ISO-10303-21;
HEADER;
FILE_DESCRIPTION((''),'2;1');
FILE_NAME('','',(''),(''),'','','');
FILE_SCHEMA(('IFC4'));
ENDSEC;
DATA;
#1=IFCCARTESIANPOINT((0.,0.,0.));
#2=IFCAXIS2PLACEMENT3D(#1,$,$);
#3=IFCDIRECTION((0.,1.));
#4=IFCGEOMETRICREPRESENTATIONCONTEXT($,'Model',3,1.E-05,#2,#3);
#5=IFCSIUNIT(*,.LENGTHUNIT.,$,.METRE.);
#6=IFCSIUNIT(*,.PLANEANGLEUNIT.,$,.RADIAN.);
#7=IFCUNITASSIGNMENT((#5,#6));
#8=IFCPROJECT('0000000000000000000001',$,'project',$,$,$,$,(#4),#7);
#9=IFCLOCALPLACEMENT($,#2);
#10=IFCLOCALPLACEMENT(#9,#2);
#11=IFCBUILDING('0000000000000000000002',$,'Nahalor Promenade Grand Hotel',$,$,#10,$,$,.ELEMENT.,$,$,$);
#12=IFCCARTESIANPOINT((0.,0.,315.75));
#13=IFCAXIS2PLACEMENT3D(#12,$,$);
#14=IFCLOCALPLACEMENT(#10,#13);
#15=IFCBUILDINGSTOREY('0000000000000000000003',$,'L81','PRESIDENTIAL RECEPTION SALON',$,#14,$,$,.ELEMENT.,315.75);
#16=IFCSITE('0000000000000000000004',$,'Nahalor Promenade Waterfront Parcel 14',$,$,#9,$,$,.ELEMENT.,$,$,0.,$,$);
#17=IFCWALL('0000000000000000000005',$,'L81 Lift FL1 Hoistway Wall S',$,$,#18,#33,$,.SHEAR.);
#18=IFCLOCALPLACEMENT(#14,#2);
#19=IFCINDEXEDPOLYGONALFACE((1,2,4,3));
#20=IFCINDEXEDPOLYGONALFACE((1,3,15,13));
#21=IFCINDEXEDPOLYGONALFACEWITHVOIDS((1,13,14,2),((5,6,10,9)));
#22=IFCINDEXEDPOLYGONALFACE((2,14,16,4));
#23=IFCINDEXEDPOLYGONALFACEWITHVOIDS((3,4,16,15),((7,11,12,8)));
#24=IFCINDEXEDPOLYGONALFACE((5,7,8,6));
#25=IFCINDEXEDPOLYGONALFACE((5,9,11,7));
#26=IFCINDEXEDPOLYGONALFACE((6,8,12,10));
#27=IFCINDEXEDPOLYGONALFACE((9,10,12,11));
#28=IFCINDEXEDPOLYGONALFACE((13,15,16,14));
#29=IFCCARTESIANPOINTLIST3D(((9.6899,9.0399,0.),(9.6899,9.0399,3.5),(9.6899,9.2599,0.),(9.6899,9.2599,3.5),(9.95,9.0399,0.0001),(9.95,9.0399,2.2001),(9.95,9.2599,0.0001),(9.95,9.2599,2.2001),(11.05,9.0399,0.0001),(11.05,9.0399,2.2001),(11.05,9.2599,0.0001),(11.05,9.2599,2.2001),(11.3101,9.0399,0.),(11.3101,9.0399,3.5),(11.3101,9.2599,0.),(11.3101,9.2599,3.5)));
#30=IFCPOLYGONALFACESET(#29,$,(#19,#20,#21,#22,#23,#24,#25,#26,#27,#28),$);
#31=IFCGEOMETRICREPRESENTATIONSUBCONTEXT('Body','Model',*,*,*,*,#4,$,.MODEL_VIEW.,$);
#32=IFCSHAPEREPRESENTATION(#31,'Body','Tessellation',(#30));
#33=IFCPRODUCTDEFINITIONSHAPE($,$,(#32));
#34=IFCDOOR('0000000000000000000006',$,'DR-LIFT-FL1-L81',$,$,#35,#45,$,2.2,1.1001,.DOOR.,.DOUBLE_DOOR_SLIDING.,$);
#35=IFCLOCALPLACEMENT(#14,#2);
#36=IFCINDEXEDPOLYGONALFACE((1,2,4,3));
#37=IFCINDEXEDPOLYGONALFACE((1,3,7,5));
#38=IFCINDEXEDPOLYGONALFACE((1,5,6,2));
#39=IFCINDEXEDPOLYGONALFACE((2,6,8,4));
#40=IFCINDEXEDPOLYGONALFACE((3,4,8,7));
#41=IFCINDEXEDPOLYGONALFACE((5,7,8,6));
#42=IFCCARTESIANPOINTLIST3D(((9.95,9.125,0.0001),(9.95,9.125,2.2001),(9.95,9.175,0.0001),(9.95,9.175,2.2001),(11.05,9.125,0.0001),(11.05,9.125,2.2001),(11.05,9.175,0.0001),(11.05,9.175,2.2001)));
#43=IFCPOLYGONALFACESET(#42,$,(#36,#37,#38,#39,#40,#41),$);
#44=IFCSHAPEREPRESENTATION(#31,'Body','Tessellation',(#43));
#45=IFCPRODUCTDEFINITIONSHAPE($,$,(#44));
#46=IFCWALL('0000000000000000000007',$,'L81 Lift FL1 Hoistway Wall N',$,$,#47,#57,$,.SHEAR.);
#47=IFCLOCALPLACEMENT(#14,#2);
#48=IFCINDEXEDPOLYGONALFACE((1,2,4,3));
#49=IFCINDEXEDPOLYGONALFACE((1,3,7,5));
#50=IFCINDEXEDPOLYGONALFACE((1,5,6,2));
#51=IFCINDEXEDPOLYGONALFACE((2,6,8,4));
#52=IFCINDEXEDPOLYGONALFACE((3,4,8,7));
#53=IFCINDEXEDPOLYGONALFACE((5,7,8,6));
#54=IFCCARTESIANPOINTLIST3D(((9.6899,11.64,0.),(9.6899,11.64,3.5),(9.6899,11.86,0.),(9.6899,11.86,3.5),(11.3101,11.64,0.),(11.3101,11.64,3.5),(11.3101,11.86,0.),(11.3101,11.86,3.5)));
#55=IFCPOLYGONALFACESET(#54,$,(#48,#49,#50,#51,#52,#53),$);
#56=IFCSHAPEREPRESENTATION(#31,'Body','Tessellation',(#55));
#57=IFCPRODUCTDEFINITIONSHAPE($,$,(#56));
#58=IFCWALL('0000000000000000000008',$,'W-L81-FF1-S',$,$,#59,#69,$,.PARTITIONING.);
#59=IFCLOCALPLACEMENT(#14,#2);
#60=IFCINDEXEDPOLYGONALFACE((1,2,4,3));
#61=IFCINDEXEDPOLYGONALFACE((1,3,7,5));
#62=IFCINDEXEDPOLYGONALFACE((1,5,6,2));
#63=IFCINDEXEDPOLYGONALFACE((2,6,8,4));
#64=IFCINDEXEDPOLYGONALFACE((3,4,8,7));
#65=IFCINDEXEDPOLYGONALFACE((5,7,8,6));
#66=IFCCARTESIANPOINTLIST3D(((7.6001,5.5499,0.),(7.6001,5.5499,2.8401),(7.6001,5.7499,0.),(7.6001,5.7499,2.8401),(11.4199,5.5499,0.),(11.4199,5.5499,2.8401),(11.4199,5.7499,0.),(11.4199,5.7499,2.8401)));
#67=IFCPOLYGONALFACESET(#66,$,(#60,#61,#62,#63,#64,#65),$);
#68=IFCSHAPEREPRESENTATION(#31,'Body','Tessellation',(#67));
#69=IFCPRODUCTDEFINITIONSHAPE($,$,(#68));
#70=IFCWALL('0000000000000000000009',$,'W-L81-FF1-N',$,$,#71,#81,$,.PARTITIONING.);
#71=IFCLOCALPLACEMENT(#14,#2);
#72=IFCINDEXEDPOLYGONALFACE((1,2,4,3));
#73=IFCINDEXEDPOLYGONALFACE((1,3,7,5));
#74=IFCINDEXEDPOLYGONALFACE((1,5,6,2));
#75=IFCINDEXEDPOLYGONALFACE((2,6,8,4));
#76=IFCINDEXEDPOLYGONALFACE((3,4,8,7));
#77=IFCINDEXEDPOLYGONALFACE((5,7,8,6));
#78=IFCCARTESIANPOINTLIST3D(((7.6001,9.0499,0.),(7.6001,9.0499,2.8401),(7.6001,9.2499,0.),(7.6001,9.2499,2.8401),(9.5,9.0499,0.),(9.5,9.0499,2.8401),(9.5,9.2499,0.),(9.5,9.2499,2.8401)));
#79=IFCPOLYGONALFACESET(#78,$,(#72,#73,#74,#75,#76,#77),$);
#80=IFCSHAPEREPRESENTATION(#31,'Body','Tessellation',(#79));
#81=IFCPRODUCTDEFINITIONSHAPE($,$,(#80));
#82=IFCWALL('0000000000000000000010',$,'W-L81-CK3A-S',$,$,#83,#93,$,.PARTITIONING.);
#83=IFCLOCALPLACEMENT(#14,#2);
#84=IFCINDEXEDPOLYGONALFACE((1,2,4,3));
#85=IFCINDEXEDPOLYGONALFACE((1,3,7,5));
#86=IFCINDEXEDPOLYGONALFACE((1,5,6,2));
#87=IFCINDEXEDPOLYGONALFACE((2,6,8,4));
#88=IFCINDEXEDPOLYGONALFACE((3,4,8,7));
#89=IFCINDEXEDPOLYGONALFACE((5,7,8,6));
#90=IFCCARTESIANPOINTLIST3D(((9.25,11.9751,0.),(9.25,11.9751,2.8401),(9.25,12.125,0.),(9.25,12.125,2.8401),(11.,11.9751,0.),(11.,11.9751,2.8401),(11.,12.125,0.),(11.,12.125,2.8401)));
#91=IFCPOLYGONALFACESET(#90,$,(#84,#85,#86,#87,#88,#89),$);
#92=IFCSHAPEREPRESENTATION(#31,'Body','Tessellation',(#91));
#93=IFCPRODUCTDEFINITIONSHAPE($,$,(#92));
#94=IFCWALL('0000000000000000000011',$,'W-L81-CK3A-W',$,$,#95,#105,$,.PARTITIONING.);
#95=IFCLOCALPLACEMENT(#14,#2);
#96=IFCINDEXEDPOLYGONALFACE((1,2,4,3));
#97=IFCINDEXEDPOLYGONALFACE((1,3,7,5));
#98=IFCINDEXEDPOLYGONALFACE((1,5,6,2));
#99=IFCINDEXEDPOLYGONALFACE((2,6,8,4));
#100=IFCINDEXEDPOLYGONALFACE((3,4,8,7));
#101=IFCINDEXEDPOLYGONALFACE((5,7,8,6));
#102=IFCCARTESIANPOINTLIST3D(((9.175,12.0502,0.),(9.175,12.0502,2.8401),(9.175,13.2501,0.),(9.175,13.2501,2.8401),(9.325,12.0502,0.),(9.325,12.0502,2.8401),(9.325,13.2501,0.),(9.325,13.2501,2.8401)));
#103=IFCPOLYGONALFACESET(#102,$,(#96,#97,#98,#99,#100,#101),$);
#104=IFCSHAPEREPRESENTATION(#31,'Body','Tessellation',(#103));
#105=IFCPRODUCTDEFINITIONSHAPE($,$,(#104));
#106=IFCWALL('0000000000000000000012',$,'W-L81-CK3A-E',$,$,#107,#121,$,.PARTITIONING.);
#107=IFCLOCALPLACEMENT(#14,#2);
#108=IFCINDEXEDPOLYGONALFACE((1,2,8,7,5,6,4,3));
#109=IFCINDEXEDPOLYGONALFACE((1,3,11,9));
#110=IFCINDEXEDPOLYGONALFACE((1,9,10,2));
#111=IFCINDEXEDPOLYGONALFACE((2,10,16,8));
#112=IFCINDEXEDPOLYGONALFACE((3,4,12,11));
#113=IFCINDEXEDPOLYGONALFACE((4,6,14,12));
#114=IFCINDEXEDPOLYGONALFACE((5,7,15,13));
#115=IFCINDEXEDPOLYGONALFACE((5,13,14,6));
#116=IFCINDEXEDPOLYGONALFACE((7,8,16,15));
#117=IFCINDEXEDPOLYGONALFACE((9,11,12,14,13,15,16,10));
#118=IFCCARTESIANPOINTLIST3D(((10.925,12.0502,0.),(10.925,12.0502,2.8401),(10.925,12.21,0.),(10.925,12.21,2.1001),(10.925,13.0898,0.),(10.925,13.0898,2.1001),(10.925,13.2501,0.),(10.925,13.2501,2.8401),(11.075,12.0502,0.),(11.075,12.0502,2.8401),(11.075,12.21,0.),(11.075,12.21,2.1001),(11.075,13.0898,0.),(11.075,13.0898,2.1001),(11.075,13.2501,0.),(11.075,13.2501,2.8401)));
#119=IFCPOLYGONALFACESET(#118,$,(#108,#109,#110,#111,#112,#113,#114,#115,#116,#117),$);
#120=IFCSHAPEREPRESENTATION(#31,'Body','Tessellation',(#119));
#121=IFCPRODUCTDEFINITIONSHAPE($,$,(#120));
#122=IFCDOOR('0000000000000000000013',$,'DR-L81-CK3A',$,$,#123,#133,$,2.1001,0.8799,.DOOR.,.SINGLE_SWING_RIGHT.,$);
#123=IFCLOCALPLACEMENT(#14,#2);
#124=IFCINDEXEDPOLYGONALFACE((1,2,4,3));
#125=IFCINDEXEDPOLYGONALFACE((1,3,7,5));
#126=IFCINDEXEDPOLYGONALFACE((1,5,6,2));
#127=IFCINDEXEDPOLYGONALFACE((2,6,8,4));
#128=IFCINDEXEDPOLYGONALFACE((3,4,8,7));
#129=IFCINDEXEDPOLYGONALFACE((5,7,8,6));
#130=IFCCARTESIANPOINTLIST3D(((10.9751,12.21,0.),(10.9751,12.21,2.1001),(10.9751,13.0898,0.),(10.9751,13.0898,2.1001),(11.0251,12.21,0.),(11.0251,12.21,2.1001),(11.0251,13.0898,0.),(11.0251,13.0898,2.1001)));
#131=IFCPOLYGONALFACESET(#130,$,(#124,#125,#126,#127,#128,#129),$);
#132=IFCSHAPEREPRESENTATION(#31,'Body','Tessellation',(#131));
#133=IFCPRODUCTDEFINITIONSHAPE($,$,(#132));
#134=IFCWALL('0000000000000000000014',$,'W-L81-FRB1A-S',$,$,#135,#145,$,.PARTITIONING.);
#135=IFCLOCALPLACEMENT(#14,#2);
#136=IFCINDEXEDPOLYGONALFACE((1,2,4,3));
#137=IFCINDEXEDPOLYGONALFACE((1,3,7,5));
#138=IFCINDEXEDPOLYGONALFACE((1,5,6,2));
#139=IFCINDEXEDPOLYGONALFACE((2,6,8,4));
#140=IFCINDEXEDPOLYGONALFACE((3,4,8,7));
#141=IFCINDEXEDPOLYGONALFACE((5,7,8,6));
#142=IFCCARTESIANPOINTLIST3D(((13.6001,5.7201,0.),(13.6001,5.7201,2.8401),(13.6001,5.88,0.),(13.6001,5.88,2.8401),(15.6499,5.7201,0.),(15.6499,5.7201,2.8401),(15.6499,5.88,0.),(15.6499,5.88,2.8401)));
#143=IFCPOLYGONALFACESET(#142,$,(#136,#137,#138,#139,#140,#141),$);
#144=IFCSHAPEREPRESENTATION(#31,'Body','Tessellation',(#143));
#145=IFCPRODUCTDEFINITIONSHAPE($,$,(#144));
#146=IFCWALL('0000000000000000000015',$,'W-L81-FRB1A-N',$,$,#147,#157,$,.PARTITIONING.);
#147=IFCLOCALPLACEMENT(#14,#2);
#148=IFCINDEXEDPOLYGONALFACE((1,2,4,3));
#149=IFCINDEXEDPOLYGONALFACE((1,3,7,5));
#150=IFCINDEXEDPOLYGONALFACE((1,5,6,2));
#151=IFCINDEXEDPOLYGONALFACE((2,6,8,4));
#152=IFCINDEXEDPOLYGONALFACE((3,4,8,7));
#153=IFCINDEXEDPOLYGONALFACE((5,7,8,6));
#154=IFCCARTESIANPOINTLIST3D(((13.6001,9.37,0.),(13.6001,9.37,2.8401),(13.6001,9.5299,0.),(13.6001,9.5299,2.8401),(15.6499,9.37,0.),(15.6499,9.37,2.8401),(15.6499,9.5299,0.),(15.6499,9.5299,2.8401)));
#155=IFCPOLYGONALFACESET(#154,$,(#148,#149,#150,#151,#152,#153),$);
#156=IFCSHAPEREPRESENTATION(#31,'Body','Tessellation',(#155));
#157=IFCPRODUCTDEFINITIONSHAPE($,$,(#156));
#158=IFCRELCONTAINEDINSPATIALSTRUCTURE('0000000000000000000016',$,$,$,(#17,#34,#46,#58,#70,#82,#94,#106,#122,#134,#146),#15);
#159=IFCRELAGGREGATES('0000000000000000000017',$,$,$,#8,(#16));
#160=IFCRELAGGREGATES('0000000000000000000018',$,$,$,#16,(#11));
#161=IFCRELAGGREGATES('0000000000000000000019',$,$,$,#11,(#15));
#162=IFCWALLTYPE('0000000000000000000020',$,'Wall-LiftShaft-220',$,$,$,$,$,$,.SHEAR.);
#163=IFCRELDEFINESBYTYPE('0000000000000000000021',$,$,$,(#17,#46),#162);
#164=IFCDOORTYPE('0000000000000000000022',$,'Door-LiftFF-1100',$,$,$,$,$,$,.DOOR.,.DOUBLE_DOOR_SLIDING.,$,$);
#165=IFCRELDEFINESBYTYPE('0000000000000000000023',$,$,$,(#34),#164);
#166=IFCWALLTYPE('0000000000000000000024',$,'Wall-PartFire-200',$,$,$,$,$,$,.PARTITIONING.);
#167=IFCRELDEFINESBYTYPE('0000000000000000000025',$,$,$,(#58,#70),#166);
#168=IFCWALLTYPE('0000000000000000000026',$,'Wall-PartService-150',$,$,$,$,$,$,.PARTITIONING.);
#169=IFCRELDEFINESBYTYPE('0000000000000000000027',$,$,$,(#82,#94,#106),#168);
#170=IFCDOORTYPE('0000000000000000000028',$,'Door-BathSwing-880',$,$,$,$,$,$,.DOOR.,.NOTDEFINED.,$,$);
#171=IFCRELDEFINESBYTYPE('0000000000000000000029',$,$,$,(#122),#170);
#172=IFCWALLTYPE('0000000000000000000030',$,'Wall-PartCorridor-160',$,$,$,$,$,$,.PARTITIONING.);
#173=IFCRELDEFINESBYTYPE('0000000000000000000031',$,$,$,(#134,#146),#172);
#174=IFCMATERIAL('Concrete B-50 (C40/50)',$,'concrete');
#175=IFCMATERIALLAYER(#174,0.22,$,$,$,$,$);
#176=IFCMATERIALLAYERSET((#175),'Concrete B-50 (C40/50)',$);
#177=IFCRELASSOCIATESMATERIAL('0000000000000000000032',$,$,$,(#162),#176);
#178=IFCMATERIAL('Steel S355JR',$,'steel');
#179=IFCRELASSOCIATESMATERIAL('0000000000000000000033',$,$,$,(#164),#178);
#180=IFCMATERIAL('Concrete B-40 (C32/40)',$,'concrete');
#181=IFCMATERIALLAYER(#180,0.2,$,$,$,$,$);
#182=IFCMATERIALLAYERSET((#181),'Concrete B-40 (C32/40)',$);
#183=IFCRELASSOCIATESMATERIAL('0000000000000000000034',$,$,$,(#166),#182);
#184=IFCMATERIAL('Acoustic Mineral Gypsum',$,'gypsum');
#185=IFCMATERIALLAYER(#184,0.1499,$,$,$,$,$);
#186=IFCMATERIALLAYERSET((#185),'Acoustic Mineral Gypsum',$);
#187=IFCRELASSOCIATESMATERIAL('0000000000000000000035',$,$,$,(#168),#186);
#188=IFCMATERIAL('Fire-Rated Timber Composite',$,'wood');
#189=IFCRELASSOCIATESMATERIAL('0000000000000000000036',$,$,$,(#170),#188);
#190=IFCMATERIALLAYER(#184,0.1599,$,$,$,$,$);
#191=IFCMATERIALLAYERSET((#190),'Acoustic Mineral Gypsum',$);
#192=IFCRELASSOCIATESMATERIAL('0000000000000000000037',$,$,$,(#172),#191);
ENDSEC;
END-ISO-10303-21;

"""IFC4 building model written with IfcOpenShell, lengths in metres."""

from ifc_helpers import new_model, si_unit, direction, frame, frame_2d, origin, place, context, subcontext, project, spatial, rectangle, extrude, source, transform, mapped, material, layer, layer_set, type_object, element, fill, save


model = new_model("IFC4")

# Units and contexts
model_context = context("Model", 3, precision=1e-05, world=origin(), true_north=direction((0.0, 1.0)))
body_context = subcontext(model_context, "Body", "Model", "MODEL_VIEW")
ifc_project = project(units=[si_unit("LENGTHUNIT", "METRE"), si_unit("PLANEANGLEUNIT", "RADIAN")], contexts=[model_context])

# Site, building, storey
site_placement = place(None, origin())
site = spatial("IfcSite", under=ifc_project, at=site_placement, Name="Nahalor Promenade Waterfront Parcel 14", CompositionType="ELEMENT", RefElevation=0.0)
building_placement = place(site_placement, origin())
building = spatial("IfcBuilding", under=site, at=building_placement, Name="Nahalor Promenade Grand Hotel", CompositionType="ELEMENT")
storey_placement = place(building_placement, frame((0.0, 0.0, 315.75)))
storey = spatial("IfcBuildingStorey", under=building, at=storey_placement, Name="L81", Description="PRESIDENTIAL RECEPTION SALON", CompositionType="ELEMENT", Elevation=315.75)

# Shared definitions
ifc_material_1 = material(Name="Steel S355JR", Category="steel")

# Shared definitions
ifc_material_2 = material(Name="Concrete B-50 (C40/50)", Category="concrete")

# Shared definitions
ifc_layer_1 = layer(ifc_material_2, 0.22)
ifc_layer_set_1 = layer_set([ifc_layer_1], Name="Concrete B-50 (C40/50)")
wall_type_1 = type_object("IfcWallType", Name="Wall-LiftShaft-220", PredefinedType="SHEAR", material=ifc_layer_set_1)

# Wall, opening, door
shared_shape_1 = source(origin(), body_context, "Body", "SweptSolid", [
    extrude(rectangle(XDim=1.6201, YDim=0.22, at=frame_2d((0.8101, 0.0))), origin(), (0.0, 0.0, 1.0), 3.5),
])
wall_1_placement = place(storey_placement, frame((9.6899, 9.1499, 0.0), z_axis=(0.0, 0.0, 1.0), x_axis=(1.0, 0.0, 0.0)))
wall_1 = element("IfcWall", 1, at=wall_1_placement, inside=storey, type_object=wall_type_1, Name="L81 Lift FL1 Hoistway Wall S", PredefinedType="SHEAR", context=body_context, shape_type="MappedRepresentation", body=[
    mapped(shared_shape_1, transform((0.0, 0.0, 0.0), scale=1.0)),
])
opening_1_placement = place(wall_1_placement, frame((0.26, 0.0, 0.0)))
opening_1 = element("IfcOpeningElement", 2, at=opening_1_placement, cuts=wall_1, PredefinedType="OPENING", context=body_context, shape_type="SweptSolid", body=[
    extrude(rectangle(XDim=1.1001, YDim=2.2, at=frame_2d((0.55, 1.1001))), frame((0.0, 0.1199, 0.0), z_axis=(0.0, -1.0, 0.0), x_axis=(1.0, 0.0, 0.0)), (0.0, 0.0, 1.0), 0.24),
])
door_type_1 = type_object("IfcDoorType", Name="Door-LiftFF-1100", OperationType="DOUBLE_DOOR_SLIDING", PredefinedType="DOOR", material=ifc_material_1)
shared_shape_2 = source(origin(), body_context, "Body", "SweptSolid", [
    extrude(rectangle(XDim=1.1001, YDim=2.2, at=frame_2d((0.55, 1.1001))), frame((0.0, 0.0249, 0.0), z_axis=(0.0, -1.0, 0.0), x_axis=(1.0, 0.0, 0.0)), (0.0, 0.0, 1.0), 0.05),
])
door_1_placement = place(opening_1_placement, frame((1.1001, 0.0, 0.0), z_axis=(0.0, 0.0, 1.0), x_axis=(-1.0, 0.0, 0.0)))
door_1 = element("IfcDoor", 3, at=door_1_placement, inside=storey, type_object=door_type_1, Name="DR-LIFT-FL1-L81", OperationType="DOUBLE_DOOR_SLIDING", OverallHeight=2.2, OverallWidth=1.1001, PredefinedType="DOOR", context=body_context, shape_type="MappedRepresentation", body=[
    mapped(shared_shape_2, transform((0.0, 0.0, 0.0), scale=1.0)),
])
fill(opening_1, door_1)

# Walls
wall_2_placement = place(storey_placement, frame((9.6899, 11.75, 0.0), z_axis=(0.0, 0.0, 1.0), x_axis=(1.0, 0.0, 0.0)))
element("IfcWall", 4, at=wall_2_placement, inside=storey, type_object=wall_type_1, Name="L81 Lift FL1 Hoistway Wall N", PredefinedType="SHEAR", context=body_context, shape_type="MappedRepresentation", body=[
    mapped(shared_shape_1, transform((0.0, 0.0, 0.0), scale=1.0)),
])
ifc_material_3 = material(Name="Concrete B-40 (C32/40)", Category="concrete")
ifc_layer_2 = layer(ifc_material_3, 0.2)
ifc_layer_set_2 = layer_set([ifc_layer_2], Name="Concrete B-40 (C32/40)")
wall_type_2 = type_object("IfcWallType", Name="Wall-PartFire-200", PredefinedType="PARTITIONING", material=ifc_layer_set_2)
shared_shape_3 = source(origin(), body_context, "Body", "SweptSolid", [
    extrude(rectangle(XDim=3.8198, YDim=0.2, at=frame_2d((1.9099, 0.0))), origin(), (0.0, 0.0, 1.0), 2.8401),
])
wall_3_placement = place(storey_placement, frame((7.6001, 5.6499, 0.0), z_axis=(0.0, 0.0, 1.0), x_axis=(1.0, 0.0, 0.0)))
element("IfcWall", 5, at=wall_3_placement, inside=storey, type_object=wall_type_2, Name="W-L81-FF1-S", PredefinedType="PARTITIONING", context=body_context, shape_type="MappedRepresentation", body=[
    mapped(shared_shape_3, transform((0.0, 0.0, 0.0), scale=1.0)),
])
shared_shape_4 = source(origin(), body_context, "Body", "SweptSolid", [
    extrude(rectangle(XDim=1.8999, YDim=0.2, at=frame_2d((0.95, 0.0))), origin(), (0.0, 0.0, 1.0), 2.8401),
])
wall_4_placement = place(storey_placement, frame((7.6001, 9.1499, 0.0), z_axis=(0.0, 0.0, 1.0), x_axis=(1.0, 0.0, 0.0)))
element("IfcWall", 6, at=wall_4_placement, inside=storey, type_object=wall_type_2, Name="W-L81-FF1-N", PredefinedType="PARTITIONING", context=body_context, shape_type="MappedRepresentation", body=[
    mapped(shared_shape_4, transform((0.0, 0.0, 0.0), scale=1.0)),
])

# Walls
ifc_material_4 = material(Name="Acoustic Mineral Gypsum", Category="gypsum")
ifc_layer_3 = layer(ifc_material_4, 0.1499)
ifc_layer_set_3 = layer_set([ifc_layer_3], Name="Acoustic Mineral Gypsum")
wall_type_3 = type_object("IfcWallType", Name="Wall-PartService-150", PredefinedType="PARTITIONING", material=ifc_layer_set_3)
shared_shape_5 = source(origin(), body_context, "Body", "SweptSolid", [
    extrude(rectangle(XDim=1.75, YDim=0.1499, at=frame_2d((0.875, 0.0))), origin(), (0.0, 0.0, 1.0), 2.8401),
])
wall_5_placement = place(storey_placement, frame((9.25, 12.05, 0.0), z_axis=(0.0, 0.0, 1.0), x_axis=(1.0, 0.0, 0.0)))
element("IfcWall", 7, at=wall_5_placement, inside=storey, type_object=wall_type_3, Name="W-L81-CK3A-S", PredefinedType="PARTITIONING", context=body_context, shape_type="MappedRepresentation", body=[
    mapped(shared_shape_5, transform((0.0, 0.0, 0.0), scale=1.0)),
])
shared_shape_6 = source(origin(), body_context, "Body", "SweptSolid", [
    extrude(rectangle(XDim=1.2, YDim=0.1499, at=frame_2d((0.6001, 0.0))), origin(), (0.0, 0.0, 1.0), 2.8401),
])
wall_6_placement = place(storey_placement, frame((9.25, 12.05, 0.0), z_axis=(0.0, 0.0, 1.0), x_axis=(0.0, 1.0, 0.0)))
element("IfcWall", 8, at=wall_6_placement, inside=storey, type_object=wall_type_3, Name="W-L81-CK3A-W", PredefinedType="PARTITIONING", context=body_context, shape_type="MappedRepresentation", body=[
    mapped(shared_shape_6, transform((0.0, 0.0, 0.0), scale=1.0)),
])

# Wall, opening, door
wall_7_placement = place(storey_placement, frame((11.0, 12.05, 0.0), z_axis=(0.0, 0.0, 1.0), x_axis=(0.0, 1.0, 0.0)))
wall_7 = element("IfcWall", 9, at=wall_7_placement, inside=storey, type_object=wall_type_3, Name="W-L81-CK3A-E", PredefinedType="PARTITIONING", context=body_context, shape_type="MappedRepresentation", body=[
    mapped(shared_shape_6, transform((0.0, 0.0, 0.0), scale=1.0)),
])
opening_2_placement = place(wall_7_placement, frame((0.1599, 0.0, 0.0)))
opening_2 = element("IfcOpeningElement", 10, at=opening_2_placement, cuts=wall_7, PredefinedType="OPENING", context=body_context, shape_type="SweptSolid", body=[
    extrude(rectangle(XDim=0.8799, YDim=2.1001, at=frame_2d((0.4399, 1.05))), frame((0.0, 0.085, 0.0), z_axis=(0.0, -1.0, 0.0), x_axis=(1.0, 0.0, 0.0)), (0.0, 0.0, 1.0), 0.1699),
])
ifc_material_5 = material(Name="Fire-Rated Timber Composite", Category="wood")
door_type_2 = type_object("IfcDoorType", Name="Door-BathSwing-880", OperationType="NOTDEFINED", PredefinedType="DOOR", material=ifc_material_5)
shared_shape_7 = source(origin(), body_context, "Body", "SweptSolid", [
    extrude(rectangle(XDim=0.8799, YDim=2.1001, at=frame_2d((0.4399, 1.05))), frame((0.0, 0.0249, 0.0), z_axis=(0.0, -1.0, 0.0), x_axis=(1.0, 0.0, 0.0)), (0.0, 0.0, 1.0), 0.05),
])
door_2_placement = place(opening_2_placement, origin())
door_2 = element("IfcDoor", 11, at=door_2_placement, inside=storey, type_object=door_type_2, Name="DR-L81-CK3A", OperationType="SINGLE_SWING_RIGHT", OverallHeight=2.1001, OverallWidth=0.8799, PredefinedType="DOOR", context=body_context, shape_type="MappedRepresentation", body=[
    mapped(shared_shape_7, transform((0.0, 0.0, 0.0), scale=1.0)),
])
fill(opening_2, door_2)

# Walls
ifc_layer_4 = layer(ifc_material_4, 0.1599)
ifc_layer_set_4 = layer_set([ifc_layer_4], Name="Acoustic Mineral Gypsum")
wall_type_4 = type_object("IfcWallType", Name="Wall-PartCorridor-160", PredefinedType="PARTITIONING", material=ifc_layer_set_4)
shared_shape_8 = source(origin(), body_context, "Body", "SweptSolid", [
    extrude(rectangle(XDim=2.0498, YDim=0.1599, at=frame_2d((1.0249, 0.0))), origin(), (0.0, 0.0, 1.0), 2.8401),
])
for number, where, z_axis, x_axis, name in (
    (12, (13.6001, 5.8, 0.0), (0.0, 0.0, 1.0), (1.0, 0.0, 0.0), "W-L81-FRB1A-S"),
    (13, (13.6001, 9.45, 0.0), (0.0, 0.0, 1.0), (1.0, 0.0, 0.0), "W-L81-FRB1A-N"),
):
    element("IfcWall", number, at=place(storey_placement, frame(where, z_axis=z_axis, x_axis=x_axis)), inside=storey, type_object=wall_type_4, Name=name, PredefinedType="PARTITIONING", context=body_context, shape_type="MappedRepresentation", body=[
        mapped(shared_shape_8, transform((0.0, 0.0, 0.0), scale=1.0)),
    ])

save(model, "model.ifc")
